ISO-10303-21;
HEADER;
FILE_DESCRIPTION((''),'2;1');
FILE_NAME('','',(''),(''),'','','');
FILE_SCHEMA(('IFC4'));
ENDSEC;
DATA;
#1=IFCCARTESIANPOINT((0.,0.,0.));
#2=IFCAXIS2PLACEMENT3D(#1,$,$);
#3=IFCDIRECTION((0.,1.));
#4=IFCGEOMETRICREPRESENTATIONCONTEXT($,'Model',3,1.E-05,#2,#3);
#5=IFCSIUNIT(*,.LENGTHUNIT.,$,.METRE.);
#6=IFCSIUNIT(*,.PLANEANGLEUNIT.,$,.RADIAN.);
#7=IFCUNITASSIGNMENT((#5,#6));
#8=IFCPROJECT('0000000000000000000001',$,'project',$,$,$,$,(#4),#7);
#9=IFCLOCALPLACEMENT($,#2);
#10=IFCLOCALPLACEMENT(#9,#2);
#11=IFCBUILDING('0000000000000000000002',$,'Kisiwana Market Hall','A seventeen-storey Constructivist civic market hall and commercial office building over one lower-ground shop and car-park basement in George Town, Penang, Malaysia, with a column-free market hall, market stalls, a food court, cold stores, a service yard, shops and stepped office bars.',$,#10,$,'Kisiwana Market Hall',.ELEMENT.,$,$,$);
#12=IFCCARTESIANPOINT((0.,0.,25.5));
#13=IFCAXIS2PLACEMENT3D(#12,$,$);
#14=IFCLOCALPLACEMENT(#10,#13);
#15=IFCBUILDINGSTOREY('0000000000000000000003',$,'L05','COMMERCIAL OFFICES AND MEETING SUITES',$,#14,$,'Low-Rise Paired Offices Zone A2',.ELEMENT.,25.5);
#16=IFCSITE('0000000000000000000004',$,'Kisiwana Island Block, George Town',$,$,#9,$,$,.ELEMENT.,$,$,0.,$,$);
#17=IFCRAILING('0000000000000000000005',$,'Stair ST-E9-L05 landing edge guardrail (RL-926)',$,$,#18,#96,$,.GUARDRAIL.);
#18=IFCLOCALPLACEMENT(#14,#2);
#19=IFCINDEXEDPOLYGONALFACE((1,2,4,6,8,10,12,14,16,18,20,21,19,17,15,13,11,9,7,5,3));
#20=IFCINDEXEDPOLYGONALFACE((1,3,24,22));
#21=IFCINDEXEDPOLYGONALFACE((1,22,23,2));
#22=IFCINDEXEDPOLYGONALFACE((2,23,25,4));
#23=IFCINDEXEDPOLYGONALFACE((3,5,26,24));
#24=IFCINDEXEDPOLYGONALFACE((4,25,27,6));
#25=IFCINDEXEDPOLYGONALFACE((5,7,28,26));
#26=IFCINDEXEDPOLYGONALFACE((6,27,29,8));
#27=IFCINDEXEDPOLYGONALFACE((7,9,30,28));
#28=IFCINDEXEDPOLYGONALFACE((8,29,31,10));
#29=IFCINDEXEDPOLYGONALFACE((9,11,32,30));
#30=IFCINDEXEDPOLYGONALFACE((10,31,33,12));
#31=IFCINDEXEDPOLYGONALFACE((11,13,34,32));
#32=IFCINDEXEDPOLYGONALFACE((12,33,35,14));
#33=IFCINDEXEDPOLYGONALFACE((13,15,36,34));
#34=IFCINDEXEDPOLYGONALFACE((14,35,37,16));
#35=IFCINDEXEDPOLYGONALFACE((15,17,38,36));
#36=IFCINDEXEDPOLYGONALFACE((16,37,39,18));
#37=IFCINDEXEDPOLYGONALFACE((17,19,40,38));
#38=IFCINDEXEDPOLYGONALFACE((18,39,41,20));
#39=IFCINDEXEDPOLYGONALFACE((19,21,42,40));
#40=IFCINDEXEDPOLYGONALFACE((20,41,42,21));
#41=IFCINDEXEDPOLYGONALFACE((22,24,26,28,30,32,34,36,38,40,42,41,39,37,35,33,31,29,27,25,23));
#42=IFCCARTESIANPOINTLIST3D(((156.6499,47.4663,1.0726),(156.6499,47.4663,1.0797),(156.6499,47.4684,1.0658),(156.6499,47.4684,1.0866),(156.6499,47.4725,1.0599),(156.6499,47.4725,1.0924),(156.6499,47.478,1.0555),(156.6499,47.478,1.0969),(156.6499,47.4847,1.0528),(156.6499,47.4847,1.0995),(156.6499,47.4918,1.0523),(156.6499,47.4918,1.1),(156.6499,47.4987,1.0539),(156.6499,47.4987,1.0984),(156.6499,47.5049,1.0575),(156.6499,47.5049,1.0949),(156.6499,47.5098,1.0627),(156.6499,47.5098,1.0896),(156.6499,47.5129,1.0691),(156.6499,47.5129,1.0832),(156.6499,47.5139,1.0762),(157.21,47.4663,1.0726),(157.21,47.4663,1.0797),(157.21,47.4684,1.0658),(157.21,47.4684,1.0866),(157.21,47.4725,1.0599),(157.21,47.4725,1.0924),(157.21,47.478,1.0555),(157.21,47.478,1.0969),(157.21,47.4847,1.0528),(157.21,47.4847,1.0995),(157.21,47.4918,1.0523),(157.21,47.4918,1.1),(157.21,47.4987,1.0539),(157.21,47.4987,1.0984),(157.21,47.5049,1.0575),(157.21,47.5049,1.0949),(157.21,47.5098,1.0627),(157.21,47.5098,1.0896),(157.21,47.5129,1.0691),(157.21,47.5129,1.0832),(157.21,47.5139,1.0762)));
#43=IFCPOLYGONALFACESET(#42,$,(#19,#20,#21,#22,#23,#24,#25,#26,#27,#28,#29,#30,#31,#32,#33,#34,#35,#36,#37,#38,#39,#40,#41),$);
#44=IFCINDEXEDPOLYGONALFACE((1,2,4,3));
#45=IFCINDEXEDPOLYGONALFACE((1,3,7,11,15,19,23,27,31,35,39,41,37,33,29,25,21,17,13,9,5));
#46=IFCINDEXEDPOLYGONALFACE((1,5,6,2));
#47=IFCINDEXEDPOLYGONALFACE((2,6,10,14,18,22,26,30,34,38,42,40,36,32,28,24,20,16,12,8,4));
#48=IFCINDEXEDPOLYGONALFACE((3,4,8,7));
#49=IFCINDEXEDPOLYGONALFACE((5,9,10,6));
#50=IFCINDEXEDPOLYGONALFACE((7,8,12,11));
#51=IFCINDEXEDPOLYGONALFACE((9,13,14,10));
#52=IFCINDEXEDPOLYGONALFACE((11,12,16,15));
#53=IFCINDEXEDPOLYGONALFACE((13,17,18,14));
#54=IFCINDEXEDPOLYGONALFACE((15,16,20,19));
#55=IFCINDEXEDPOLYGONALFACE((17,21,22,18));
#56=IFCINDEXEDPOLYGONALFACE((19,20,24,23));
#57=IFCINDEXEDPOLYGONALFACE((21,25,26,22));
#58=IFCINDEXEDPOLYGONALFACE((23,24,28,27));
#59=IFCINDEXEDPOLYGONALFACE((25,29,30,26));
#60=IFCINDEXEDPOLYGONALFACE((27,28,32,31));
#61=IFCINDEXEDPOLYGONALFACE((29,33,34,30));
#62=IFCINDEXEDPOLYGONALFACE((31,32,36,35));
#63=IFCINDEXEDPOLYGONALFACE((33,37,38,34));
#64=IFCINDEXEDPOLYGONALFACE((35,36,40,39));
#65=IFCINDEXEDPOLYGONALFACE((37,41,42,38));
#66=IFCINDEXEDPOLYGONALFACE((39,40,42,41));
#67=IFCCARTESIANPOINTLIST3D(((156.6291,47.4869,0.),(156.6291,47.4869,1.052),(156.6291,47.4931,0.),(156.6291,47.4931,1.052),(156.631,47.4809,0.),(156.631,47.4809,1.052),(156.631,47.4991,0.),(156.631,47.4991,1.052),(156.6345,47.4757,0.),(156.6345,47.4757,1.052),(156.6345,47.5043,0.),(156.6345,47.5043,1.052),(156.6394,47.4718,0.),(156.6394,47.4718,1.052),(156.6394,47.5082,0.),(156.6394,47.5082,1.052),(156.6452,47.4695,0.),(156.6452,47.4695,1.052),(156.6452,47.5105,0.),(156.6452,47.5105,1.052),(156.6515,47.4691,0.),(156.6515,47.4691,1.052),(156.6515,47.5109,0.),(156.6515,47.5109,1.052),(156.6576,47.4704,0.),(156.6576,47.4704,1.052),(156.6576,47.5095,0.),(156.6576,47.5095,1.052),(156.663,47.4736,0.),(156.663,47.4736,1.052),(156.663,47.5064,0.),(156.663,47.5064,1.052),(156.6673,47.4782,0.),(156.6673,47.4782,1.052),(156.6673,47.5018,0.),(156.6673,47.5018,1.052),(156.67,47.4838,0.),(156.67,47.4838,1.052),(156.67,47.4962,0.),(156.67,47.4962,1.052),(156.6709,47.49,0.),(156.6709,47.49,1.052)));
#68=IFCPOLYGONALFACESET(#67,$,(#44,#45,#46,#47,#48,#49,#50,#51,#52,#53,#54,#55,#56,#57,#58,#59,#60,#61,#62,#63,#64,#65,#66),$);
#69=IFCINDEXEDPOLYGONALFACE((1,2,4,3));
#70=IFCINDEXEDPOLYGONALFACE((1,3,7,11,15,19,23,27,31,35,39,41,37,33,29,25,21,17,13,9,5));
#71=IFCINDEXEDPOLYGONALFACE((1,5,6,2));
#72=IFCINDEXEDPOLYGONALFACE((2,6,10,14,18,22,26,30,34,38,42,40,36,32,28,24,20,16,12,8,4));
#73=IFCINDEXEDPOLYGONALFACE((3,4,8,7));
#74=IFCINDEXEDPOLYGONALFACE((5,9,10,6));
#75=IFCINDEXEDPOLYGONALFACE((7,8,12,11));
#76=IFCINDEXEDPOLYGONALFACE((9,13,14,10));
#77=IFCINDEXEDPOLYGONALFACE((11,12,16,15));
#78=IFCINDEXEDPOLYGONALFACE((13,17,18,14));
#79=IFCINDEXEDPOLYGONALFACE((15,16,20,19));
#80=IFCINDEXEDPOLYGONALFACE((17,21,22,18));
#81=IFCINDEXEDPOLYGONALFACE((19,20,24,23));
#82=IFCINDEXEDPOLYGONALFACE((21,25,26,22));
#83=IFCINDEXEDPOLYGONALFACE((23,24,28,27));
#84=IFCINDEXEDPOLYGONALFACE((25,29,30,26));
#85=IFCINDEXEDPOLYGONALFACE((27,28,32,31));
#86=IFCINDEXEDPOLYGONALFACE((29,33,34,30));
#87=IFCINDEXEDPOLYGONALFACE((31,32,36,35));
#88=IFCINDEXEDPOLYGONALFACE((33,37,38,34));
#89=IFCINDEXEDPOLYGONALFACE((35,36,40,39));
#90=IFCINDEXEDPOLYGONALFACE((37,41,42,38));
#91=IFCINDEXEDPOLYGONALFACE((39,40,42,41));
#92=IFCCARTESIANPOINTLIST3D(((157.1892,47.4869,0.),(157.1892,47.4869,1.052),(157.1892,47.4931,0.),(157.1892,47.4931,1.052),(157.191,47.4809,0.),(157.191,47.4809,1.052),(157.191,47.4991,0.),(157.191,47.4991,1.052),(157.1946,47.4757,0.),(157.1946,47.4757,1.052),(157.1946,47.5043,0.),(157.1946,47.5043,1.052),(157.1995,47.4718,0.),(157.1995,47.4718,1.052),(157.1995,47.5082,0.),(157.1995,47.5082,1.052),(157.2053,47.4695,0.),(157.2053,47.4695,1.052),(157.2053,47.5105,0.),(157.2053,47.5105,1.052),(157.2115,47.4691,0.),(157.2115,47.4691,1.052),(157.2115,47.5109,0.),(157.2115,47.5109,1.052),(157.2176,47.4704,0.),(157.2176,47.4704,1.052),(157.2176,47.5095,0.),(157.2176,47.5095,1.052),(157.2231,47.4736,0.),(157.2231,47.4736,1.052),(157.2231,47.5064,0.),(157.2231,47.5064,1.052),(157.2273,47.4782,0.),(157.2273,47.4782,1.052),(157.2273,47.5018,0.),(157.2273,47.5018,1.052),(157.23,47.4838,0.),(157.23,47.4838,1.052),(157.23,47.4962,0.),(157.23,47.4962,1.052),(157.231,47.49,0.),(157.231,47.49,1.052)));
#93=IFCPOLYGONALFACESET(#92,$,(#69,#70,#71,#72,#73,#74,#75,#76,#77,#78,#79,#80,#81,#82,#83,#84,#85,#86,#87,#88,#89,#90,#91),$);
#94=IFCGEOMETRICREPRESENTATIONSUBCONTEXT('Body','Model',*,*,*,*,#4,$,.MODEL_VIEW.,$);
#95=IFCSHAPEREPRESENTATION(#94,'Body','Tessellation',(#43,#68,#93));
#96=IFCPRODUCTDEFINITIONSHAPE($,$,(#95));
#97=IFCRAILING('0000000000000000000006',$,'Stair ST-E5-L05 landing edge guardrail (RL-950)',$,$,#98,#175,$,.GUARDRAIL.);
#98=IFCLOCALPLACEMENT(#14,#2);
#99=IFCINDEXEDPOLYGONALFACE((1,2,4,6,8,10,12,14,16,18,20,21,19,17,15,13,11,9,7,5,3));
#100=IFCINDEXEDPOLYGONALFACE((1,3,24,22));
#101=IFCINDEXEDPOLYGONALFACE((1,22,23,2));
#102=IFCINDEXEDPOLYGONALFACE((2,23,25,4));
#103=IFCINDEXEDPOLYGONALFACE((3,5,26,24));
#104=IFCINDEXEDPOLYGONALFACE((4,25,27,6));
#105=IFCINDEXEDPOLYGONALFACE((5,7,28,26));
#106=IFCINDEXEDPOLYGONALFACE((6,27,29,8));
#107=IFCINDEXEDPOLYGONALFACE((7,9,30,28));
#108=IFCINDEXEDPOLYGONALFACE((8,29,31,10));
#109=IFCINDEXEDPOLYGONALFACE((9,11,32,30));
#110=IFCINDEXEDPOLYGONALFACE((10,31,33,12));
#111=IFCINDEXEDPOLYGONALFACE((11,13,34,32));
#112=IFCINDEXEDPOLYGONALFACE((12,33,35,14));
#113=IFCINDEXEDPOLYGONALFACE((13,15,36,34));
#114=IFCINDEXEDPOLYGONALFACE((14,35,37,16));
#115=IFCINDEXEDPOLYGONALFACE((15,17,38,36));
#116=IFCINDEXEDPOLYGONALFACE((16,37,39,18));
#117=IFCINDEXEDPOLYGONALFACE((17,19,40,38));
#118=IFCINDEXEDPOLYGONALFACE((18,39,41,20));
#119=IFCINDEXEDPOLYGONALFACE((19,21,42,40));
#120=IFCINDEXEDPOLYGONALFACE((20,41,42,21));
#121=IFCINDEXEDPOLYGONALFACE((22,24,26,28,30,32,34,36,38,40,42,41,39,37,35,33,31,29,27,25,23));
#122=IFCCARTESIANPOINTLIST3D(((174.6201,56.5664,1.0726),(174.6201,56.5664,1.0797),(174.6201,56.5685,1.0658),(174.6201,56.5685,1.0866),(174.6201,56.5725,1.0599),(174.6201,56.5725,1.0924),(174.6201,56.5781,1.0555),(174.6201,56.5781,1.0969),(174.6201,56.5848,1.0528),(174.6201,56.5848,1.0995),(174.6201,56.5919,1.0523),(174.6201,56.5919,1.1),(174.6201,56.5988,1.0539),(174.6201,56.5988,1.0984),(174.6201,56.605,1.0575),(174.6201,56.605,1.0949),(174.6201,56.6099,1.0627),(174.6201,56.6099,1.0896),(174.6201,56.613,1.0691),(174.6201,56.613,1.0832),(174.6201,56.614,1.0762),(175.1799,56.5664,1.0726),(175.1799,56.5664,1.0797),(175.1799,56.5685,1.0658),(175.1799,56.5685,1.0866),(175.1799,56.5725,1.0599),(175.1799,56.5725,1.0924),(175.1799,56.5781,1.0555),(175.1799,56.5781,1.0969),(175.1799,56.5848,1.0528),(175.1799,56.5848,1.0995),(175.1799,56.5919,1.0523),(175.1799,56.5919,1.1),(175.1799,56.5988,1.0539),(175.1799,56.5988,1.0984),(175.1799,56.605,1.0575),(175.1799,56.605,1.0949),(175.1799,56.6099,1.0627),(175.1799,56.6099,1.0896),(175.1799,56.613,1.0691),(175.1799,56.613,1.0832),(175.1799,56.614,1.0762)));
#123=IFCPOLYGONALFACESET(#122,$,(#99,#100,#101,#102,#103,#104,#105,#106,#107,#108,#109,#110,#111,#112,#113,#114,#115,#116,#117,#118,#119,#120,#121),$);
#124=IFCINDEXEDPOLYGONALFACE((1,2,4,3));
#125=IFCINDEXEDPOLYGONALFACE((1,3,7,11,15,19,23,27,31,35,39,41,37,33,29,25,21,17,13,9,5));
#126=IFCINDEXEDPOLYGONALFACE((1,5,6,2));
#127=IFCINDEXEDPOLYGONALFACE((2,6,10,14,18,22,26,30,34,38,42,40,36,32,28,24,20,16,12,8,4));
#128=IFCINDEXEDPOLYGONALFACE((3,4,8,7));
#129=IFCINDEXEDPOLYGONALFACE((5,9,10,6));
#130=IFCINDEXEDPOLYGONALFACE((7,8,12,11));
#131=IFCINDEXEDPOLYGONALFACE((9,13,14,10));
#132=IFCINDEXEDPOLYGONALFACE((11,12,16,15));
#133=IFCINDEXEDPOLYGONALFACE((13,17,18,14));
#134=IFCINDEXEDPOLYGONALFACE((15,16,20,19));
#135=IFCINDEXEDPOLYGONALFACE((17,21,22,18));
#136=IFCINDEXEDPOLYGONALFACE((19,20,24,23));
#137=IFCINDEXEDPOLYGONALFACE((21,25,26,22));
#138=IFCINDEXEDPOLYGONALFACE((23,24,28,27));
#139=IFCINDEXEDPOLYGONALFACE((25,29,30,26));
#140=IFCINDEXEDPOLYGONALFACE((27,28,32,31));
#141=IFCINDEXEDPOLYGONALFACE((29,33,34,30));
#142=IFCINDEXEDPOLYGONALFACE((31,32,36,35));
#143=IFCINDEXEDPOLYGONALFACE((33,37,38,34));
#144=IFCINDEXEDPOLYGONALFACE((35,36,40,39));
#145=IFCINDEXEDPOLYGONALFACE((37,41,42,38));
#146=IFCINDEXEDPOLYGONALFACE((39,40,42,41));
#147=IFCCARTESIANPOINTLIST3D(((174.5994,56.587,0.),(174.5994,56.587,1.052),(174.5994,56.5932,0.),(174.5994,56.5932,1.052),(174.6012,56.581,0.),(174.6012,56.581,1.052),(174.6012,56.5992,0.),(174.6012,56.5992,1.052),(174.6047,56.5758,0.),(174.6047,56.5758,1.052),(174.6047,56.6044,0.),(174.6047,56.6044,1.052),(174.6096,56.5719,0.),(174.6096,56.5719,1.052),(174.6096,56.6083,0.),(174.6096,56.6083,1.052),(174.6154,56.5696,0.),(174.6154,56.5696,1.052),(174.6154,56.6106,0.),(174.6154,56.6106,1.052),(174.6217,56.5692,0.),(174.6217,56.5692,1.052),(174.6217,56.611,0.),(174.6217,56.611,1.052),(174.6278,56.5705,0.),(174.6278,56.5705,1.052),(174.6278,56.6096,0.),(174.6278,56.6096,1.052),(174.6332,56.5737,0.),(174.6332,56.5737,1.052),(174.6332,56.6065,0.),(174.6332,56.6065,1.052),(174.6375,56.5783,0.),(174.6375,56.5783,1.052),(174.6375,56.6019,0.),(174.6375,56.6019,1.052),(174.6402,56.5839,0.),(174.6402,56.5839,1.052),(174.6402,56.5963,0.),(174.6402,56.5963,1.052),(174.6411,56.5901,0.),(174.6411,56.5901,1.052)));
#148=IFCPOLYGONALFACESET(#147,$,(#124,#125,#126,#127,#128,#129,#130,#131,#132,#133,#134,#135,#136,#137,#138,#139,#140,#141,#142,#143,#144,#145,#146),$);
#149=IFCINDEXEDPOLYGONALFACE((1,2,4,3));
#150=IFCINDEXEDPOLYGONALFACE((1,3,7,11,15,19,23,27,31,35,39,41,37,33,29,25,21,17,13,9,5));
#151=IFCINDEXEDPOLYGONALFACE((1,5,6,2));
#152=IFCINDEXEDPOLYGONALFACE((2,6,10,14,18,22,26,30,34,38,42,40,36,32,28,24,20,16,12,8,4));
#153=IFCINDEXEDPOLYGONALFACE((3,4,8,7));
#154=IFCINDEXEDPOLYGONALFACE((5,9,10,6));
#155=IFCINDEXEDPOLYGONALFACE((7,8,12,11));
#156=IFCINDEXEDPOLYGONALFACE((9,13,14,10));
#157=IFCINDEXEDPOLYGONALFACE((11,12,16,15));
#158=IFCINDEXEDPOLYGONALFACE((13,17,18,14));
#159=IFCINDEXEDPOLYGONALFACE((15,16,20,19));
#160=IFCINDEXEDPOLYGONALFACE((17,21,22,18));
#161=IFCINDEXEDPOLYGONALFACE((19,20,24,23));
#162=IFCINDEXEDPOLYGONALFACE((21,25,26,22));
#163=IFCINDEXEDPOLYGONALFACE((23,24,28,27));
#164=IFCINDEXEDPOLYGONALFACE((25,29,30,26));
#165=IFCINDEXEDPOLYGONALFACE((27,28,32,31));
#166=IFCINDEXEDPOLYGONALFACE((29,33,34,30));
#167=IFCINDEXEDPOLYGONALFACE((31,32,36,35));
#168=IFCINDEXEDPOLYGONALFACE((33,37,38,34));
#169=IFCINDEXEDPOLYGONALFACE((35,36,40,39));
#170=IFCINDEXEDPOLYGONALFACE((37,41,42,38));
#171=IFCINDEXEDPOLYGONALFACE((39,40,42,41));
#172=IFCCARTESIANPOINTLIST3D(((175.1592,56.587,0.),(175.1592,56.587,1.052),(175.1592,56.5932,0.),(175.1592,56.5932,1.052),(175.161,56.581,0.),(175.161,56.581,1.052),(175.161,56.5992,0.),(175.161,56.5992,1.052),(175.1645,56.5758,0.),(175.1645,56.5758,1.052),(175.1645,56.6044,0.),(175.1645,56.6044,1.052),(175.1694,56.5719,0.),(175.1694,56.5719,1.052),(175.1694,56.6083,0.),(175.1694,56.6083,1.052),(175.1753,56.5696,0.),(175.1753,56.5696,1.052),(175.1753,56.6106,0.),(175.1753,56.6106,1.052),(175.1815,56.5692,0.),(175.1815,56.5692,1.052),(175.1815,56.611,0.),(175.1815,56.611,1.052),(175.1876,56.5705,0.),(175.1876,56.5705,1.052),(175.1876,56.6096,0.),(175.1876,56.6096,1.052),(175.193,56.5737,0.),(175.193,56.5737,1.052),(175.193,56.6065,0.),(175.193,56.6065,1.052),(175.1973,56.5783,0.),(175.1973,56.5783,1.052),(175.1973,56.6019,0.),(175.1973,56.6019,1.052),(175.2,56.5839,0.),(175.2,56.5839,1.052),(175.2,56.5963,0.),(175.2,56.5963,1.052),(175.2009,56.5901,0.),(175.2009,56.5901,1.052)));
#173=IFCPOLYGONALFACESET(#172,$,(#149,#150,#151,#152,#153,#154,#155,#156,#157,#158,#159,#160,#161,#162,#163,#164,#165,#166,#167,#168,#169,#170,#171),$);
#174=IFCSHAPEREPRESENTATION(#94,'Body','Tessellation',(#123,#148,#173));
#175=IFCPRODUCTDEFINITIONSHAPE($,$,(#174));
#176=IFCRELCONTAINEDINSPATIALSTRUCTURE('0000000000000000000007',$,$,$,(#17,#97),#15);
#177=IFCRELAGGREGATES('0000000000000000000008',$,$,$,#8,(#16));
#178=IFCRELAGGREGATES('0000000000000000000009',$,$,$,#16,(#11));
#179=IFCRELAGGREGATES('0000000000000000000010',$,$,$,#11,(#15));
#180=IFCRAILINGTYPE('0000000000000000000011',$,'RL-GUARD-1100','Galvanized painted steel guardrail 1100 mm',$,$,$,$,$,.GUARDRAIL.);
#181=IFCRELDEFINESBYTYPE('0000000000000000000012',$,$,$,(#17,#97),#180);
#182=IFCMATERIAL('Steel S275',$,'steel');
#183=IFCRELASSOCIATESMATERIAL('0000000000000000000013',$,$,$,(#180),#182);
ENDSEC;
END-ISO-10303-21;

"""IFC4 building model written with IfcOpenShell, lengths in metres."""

from ifc_helpers import new_model, si_unit, direction, frame, origin, origin_2d, place, context, subcontext, project, spatial, circle, extrude, material, type_object, element, save


model = new_model("IFC4")

# Units and contexts
model_context = context("Model", 3, precision=1e-05, world=origin(), true_north=direction((0.0, 1.0)))
body_context = subcontext(model_context, "Body", "Model", "MODEL_VIEW")
ifc_project = project(units=[si_unit("LENGTHUNIT", "METRE"), si_unit("PLANEANGLEUNIT", "RADIAN")], contexts=[model_context])

# Site, building, storey
site_placement = place(None, origin())
site = spatial("IfcSite", under=ifc_project, at=site_placement, Name="Kisiwana Island Block, George Town", CompositionType="ELEMENT", RefElevation=0.0)
building_placement = place(site_placement, origin())
building = spatial("IfcBuilding", under=site, at=building_placement, Name="Kisiwana Market Hall", Description="A seventeen-storey Constructivist civic market hall and commercial office building over one lower-ground shop and car-park basement in George Town, Penang, Malaysia, with a column-free market hall, market stalls, a food court, cold stores, a service yard, shops and stepped office bars.", LongName="Kisiwana Market Hall", CompositionType="ELEMENT")
storey_placement = place(building_placement, frame((0.0, 0.0, 25.5)))
storey = spatial("IfcBuildingStorey", under=building, at=storey_placement, Name="L05", Description="COMMERCIAL OFFICES AND MEETING SUITES", LongName="Low-Rise Paired Offices Zone A2", CompositionType="ELEMENT", Elevation=25.5)

# Railings
ifc_material_1 = material(Name="Steel S275", Category="steel")
railing_type_1 = type_object("IfcRailingType", Name="RL-GUARD-1100", Description="Galvanized painted steel guardrail 1100 mm", PredefinedType="GUARDRAIL", material=ifc_material_1)
railing_1_placement = place(storey_placement, frame((156.6499, 47.49, 0.0)))
element("IfcRailing", 1, at=railing_1_placement, inside=storey, type_object=railing_type_1, Name="Stair ST-E9-L05 landing edge guardrail (RL-926)", PredefinedType="GUARDRAIL", context=body_context, shape_type="SweptSolid", body=[
    extrude(circle(Radius=0.0239, at=origin_2d()), frame((0.0, 0.0, 1.0762), z_axis=(1.0, 0.0, 0.0), x_axis=(0.0, 1.0, 0.0)), (0.0, 0.0, 1.0), 0.5601),
    extrude(circle(Radius=0.021, at=origin_2d()), origin(), (0.0, 0.0, 1.0), 1.052),
    extrude(circle(Radius=0.021, at=origin_2d()), frame((0.5601, 0.0, 0.0)), (0.0, 0.0, 1.0), 1.052),
])
railing_2_placement = place(storey_placement, frame((174.6201, 56.5901, 0.0)))
element("IfcRailing", 2, at=railing_2_placement, inside=storey, type_object=railing_type_1, Name="Stair ST-E5-L05 landing edge guardrail (RL-950)", PredefinedType="GUARDRAIL", context=body_context, shape_type="SweptSolid", body=[
    extrude(circle(Radius=0.0239, at=origin_2d()), frame((0.0, 0.0, 1.0762), z_axis=(1.0, 0.0, 0.0), x_axis=(0.0, 1.0, 0.0)), (0.0, 0.0, 1.0), 0.5598),
    extrude(circle(Radius=0.021, at=origin_2d()), origin(), (0.0, 0.0, 1.0), 1.052),
    extrude(circle(Radius=0.021, at=origin_2d()), frame((0.5598, 0.0, 0.0)), (0.0, 0.0, 1.0), 1.052),
])

save(model, "model.ifc")
